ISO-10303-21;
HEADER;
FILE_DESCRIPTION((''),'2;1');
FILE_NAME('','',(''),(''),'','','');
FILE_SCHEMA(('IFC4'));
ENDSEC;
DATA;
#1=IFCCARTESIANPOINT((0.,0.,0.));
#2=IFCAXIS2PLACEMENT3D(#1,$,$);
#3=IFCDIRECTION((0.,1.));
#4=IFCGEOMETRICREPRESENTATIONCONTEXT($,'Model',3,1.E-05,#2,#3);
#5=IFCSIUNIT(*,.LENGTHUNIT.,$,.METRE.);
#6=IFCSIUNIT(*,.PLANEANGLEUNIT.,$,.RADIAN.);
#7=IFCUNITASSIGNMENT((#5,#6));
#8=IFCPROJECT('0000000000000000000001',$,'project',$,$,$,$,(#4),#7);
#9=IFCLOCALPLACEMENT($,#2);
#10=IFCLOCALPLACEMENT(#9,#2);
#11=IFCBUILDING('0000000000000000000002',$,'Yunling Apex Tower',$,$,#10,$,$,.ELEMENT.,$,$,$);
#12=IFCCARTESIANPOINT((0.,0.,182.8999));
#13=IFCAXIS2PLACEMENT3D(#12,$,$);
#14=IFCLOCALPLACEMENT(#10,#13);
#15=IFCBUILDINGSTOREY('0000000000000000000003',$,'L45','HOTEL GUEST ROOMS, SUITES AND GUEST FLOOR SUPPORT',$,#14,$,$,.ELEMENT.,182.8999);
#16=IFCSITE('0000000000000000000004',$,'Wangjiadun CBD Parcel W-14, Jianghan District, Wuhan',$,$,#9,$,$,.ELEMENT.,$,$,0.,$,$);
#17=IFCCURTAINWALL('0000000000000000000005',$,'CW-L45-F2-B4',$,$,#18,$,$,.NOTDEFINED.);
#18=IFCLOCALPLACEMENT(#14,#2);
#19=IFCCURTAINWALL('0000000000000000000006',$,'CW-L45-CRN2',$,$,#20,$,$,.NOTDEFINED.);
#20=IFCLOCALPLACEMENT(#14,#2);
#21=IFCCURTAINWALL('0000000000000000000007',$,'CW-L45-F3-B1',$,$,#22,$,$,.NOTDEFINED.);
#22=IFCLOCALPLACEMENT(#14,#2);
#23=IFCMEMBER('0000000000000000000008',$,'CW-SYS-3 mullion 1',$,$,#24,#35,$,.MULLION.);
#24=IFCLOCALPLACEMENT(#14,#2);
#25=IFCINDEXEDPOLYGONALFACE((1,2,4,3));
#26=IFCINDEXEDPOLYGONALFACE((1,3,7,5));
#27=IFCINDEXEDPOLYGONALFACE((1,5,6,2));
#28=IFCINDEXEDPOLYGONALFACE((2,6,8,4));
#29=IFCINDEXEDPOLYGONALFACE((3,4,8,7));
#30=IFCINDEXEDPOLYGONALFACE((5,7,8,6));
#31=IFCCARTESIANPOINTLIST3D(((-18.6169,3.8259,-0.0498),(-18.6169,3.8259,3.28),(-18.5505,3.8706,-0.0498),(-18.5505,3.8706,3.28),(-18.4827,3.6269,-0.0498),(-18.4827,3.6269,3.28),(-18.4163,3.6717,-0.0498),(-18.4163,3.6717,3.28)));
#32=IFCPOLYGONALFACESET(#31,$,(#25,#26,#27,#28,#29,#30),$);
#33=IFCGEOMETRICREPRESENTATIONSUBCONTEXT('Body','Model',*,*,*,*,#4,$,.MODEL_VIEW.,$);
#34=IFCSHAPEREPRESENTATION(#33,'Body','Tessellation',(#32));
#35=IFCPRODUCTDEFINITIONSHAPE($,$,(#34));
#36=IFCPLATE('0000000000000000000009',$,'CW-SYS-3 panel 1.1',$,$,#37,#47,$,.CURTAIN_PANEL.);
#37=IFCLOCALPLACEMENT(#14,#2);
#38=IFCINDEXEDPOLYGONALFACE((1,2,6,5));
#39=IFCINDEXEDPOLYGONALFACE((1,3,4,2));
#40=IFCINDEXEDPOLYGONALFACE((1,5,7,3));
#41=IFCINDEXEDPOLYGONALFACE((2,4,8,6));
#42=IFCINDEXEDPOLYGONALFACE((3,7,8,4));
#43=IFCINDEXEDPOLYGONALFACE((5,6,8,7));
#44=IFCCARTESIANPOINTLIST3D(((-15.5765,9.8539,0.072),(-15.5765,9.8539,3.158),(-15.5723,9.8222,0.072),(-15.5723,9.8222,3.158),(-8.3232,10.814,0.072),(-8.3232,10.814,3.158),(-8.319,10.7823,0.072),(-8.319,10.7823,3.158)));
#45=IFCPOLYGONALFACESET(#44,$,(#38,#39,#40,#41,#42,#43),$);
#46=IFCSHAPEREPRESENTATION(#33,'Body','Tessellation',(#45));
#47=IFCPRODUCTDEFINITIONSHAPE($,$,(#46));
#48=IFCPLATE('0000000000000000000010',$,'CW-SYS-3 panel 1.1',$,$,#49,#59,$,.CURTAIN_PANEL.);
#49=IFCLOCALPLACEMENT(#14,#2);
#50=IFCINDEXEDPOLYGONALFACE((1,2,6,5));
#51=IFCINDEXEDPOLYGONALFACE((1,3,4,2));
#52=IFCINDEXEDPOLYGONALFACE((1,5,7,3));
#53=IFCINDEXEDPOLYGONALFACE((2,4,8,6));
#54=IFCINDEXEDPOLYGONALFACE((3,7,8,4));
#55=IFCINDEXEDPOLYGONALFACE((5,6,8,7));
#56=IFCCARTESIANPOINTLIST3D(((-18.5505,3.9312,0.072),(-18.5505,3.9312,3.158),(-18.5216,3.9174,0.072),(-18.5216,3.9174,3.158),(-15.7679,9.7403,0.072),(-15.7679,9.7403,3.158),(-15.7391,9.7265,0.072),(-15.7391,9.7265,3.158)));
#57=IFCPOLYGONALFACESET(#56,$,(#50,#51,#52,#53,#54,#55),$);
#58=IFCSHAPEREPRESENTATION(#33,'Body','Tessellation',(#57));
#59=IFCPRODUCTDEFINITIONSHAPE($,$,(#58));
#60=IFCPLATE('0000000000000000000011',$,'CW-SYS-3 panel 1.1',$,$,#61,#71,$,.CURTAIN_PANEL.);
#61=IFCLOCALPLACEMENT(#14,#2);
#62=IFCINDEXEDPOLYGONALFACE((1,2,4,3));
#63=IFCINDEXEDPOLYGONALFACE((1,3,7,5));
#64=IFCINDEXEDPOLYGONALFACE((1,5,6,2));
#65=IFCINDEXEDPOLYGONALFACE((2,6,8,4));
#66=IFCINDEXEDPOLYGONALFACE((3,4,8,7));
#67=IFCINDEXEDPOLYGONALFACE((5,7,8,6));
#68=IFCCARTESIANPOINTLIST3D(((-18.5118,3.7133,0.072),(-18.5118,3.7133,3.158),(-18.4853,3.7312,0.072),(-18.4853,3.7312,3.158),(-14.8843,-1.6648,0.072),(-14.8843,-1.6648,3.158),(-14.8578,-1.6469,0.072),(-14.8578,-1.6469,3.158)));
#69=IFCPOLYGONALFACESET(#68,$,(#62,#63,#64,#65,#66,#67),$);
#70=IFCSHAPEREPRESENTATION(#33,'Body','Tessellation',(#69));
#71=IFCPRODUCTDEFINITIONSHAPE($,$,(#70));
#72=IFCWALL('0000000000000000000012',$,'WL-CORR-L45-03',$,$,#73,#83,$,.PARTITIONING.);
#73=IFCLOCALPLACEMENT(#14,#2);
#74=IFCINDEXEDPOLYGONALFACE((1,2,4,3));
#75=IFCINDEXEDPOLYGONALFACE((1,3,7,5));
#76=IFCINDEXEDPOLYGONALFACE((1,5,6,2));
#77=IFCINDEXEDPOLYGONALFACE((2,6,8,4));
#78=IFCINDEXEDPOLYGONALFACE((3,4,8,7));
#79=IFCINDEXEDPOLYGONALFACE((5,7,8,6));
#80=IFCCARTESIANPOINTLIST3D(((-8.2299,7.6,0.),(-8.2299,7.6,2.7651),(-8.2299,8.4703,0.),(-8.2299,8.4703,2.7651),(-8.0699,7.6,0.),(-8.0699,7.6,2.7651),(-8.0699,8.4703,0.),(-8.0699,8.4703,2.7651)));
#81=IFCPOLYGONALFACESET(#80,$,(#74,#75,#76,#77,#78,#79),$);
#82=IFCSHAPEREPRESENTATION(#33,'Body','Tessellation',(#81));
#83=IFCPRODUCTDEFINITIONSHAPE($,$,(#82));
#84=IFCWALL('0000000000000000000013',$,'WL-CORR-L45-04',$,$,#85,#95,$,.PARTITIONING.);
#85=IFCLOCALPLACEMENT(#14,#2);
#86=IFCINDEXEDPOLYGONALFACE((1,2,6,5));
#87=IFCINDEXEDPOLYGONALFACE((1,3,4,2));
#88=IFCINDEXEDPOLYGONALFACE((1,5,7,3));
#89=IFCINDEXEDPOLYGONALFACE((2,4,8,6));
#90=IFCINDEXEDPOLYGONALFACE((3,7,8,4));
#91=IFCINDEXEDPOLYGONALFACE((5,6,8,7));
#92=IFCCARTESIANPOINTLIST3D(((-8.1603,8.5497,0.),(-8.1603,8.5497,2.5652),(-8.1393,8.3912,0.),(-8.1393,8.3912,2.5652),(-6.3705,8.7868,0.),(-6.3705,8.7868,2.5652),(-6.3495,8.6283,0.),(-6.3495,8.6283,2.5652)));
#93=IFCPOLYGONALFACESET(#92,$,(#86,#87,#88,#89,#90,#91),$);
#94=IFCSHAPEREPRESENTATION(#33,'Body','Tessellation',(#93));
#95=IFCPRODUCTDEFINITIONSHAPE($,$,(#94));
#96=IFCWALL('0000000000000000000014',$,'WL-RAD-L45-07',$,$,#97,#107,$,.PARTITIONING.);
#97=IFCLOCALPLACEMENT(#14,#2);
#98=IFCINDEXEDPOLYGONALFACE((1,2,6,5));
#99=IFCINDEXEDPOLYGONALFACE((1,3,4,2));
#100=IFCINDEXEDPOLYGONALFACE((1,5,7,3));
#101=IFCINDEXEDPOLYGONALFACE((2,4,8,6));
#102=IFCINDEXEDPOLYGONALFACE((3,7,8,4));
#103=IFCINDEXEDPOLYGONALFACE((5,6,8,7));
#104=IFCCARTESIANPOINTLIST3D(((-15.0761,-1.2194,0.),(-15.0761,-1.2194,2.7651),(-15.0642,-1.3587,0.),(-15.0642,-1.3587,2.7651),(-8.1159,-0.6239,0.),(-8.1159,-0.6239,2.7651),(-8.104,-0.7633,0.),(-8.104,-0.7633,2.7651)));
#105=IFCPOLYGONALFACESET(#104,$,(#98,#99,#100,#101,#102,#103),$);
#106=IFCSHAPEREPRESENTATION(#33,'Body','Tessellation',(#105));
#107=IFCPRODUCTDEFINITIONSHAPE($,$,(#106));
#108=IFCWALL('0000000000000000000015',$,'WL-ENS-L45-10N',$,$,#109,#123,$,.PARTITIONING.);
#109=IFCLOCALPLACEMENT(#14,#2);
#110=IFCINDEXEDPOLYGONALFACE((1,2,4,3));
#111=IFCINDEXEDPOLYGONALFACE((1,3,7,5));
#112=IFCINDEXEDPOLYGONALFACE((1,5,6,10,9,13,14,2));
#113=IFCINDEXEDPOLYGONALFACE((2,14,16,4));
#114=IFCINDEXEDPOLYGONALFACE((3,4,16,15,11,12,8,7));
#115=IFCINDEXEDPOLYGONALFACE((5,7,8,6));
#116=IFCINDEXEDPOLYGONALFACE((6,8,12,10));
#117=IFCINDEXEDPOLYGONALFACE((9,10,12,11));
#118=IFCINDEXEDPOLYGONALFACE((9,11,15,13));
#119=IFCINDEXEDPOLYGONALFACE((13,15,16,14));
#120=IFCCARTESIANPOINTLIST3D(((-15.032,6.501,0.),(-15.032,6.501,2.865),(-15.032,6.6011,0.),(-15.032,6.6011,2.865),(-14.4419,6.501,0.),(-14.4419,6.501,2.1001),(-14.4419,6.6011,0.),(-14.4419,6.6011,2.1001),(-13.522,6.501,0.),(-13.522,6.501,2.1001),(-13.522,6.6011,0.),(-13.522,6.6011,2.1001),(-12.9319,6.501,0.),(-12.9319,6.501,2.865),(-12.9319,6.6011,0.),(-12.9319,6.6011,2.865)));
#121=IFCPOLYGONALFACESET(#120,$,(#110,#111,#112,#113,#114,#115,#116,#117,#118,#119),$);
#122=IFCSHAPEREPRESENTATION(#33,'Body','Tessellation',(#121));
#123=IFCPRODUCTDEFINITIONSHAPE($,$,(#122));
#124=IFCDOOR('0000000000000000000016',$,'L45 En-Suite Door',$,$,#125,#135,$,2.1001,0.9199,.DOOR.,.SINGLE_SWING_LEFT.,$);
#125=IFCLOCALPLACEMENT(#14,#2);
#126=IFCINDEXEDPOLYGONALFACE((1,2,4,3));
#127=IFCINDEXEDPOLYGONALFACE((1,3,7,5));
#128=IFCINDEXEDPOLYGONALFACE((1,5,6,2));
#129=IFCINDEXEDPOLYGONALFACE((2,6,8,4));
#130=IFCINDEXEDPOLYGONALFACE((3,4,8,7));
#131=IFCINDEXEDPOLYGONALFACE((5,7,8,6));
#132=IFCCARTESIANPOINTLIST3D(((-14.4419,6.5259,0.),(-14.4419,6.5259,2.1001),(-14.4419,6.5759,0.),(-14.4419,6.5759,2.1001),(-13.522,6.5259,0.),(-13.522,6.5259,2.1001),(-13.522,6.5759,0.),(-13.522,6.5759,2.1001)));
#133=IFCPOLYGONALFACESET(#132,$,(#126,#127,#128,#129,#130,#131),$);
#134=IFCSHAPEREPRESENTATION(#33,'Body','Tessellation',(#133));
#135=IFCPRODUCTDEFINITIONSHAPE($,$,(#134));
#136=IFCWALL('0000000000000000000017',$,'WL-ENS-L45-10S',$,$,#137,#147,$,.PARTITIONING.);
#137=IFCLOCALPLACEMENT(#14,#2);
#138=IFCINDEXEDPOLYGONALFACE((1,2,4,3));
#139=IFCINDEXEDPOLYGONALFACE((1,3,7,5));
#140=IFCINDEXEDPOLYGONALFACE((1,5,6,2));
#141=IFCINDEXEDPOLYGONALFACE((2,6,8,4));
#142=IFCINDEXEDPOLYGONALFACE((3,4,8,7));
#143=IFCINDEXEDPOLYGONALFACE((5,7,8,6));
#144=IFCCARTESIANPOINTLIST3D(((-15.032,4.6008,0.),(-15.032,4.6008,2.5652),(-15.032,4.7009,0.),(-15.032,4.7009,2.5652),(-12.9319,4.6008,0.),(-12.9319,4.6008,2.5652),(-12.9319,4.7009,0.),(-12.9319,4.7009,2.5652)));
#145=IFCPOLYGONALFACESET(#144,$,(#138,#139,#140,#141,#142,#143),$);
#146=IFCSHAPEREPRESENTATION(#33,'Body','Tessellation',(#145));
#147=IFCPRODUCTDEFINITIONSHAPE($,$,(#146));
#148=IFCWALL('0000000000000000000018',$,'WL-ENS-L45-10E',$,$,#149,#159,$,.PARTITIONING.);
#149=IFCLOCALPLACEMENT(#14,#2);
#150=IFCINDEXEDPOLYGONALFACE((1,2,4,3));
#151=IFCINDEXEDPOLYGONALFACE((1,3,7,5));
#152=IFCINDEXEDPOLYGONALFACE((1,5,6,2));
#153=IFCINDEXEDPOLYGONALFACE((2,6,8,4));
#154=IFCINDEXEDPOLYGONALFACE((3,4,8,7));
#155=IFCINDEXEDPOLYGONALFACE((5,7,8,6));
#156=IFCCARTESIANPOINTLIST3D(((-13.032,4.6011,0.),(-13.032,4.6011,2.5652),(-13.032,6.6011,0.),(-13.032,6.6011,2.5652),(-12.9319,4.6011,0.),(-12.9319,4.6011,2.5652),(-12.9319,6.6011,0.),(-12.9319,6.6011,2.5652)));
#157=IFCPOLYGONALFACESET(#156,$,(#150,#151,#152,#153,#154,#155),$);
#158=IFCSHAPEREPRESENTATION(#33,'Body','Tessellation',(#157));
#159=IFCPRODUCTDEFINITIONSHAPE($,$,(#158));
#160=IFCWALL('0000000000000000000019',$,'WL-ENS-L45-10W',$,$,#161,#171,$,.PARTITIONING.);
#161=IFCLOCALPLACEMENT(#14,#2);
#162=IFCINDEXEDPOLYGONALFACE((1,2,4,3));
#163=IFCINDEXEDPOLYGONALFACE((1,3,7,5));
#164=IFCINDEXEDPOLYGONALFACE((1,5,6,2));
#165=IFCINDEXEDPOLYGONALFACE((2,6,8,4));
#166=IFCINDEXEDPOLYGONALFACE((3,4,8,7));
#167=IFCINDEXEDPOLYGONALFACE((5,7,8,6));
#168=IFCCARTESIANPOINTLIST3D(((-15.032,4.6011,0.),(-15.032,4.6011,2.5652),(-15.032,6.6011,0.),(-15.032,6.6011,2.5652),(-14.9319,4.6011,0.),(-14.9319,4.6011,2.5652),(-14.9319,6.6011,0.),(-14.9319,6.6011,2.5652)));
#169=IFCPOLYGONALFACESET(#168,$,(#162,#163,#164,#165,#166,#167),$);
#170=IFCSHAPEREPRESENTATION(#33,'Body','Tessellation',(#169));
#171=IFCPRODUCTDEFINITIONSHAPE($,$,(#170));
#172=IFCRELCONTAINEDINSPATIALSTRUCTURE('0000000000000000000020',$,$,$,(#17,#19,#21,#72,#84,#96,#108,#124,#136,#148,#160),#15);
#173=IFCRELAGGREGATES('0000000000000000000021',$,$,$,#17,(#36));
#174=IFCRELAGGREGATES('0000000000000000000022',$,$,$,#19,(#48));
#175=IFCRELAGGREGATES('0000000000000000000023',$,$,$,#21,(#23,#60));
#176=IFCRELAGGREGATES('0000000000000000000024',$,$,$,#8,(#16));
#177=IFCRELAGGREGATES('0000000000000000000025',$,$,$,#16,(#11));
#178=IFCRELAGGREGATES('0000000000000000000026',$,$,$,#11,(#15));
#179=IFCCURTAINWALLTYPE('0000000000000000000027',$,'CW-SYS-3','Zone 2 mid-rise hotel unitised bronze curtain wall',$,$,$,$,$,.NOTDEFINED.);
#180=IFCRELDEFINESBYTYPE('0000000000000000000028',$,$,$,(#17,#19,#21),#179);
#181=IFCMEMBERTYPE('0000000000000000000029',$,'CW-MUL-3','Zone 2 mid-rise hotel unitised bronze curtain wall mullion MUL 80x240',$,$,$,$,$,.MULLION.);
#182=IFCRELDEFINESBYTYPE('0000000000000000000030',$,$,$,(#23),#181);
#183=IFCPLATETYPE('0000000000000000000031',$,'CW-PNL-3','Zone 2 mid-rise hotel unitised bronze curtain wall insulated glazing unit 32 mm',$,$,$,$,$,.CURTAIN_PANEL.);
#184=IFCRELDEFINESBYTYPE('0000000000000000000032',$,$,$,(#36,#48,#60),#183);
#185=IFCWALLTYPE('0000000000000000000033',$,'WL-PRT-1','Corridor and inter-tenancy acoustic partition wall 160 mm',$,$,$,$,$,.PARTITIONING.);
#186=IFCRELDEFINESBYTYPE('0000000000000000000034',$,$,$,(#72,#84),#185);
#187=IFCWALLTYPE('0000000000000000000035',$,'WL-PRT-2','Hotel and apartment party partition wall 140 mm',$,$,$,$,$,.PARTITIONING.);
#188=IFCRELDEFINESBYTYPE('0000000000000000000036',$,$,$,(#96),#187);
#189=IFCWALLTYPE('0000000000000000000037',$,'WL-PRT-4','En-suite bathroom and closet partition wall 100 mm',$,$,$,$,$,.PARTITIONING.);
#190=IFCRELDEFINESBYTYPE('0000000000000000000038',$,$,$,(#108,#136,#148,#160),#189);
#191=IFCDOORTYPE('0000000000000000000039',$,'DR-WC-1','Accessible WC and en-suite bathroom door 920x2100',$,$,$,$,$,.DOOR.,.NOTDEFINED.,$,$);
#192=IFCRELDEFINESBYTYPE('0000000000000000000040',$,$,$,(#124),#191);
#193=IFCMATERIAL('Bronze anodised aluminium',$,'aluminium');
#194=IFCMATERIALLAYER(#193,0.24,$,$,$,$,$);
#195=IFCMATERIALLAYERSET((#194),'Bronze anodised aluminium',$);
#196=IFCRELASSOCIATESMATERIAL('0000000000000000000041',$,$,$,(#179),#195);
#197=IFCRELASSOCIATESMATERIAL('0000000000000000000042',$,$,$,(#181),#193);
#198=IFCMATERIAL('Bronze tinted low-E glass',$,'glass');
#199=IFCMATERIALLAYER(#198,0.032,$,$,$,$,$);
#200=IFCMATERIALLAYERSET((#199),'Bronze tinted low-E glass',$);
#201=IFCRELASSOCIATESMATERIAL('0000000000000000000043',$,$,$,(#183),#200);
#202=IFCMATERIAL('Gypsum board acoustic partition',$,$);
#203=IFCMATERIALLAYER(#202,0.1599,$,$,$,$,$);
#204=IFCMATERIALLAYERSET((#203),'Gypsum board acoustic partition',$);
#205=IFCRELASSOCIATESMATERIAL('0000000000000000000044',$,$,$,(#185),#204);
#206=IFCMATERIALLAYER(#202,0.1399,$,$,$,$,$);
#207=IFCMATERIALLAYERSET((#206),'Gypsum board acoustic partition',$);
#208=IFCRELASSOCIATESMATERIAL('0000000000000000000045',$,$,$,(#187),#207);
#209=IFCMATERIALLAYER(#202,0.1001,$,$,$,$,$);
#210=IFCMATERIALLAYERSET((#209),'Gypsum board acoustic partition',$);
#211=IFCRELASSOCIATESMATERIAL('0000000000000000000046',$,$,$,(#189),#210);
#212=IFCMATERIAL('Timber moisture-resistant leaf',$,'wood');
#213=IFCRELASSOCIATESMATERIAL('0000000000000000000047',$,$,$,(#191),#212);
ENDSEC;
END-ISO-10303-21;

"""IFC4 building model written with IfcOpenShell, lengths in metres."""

from ifc_helpers import new_model, si_unit, direction, frame, frame_2d, origin, origin_2d, place, context, subcontext, project, spatial, rectangle, extrude, source, transform, mapped, material, layer, layer_set, material_profile, profile_set, type_object, element, fill, aggregate, save


model = new_model("IFC4")

# Units and contexts
model_context = context("Model", 3, precision=1e-05, world=origin(), true_north=direction((0.0, 1.0)))
body_context = subcontext(model_context, "Body", "Model", "MODEL_VIEW")
ifc_project = project(units=[si_unit("LENGTHUNIT", "METRE"), si_unit("PLANEANGLEUNIT", "RADIAN")], contexts=[model_context])

# Site, building, storey
site_placement = place(None, origin())
site = spatial("IfcSite", under=ifc_project, at=site_placement, Name="Wangjiadun CBD Parcel W-14, Jianghan District, Wuhan", CompositionType="ELEMENT", RefElevation=0.0)
building_placement = place(site_placement, origin())
building = spatial("IfcBuilding", under=site, at=building_placement, Name="Yunling Apex Tower", CompositionType="ELEMENT")
storey_placement = place(building_placement, frame((0.0, 0.0, 182.8999)))
storey = spatial("IfcBuildingStorey", under=building, at=storey_placement, Name="L45", Description="HOTEL GUEST ROOMS, SUITES AND GUEST FLOOR SUPPORT", CompositionType="ELEMENT", Elevation=182.8999)

# Curtain walls
ifc_material_1 = material(Name="Bronze anodised aluminium", Category="aluminium")
ifc_layer_1 = layer(ifc_material_1, 0.24)
ifc_layer_set_1 = layer_set([ifc_layer_1], Name="Bronze anodised aluminium")
curtain_wall_type = type_object("IfcCurtainWallType", Name="CW-SYS-3", Description="Zone 2 mid-rise hotel unitised bronze curtain wall", PredefinedType="NOTDEFINED", material=ifc_layer_set_1)
curtain_wall_1_placement = place(storey_placement, origin())
curtain_wall_1 = element("IfcCurtainWall", 1, at=curtain_wall_1_placement, inside=storey, type_object=curtain_wall_type, Name="CW-L45-F2-B4", PredefinedType="NOTDEFINED")
curtain_wall_2_placement = place(storey_placement, origin())
curtain_wall_2 = element("IfcCurtainWall", 2, at=curtain_wall_2_placement, inside=storey, type_object=curtain_wall_type, Name="CW-L45-CRN2", PredefinedType="NOTDEFINED")
curtain_wall_3_placement = place(storey_placement, origin())
curtain_wall_3 = element("IfcCurtainWall", 3, at=curtain_wall_3_placement, inside=storey, type_object=curtain_wall_type, Name="CW-L45-F3-B1", PredefinedType="NOTDEFINED")

# Member
ifc_material_profile_1 = material_profile(ifc_material_1, rectangle(XDim=0.0801, YDim=0.24, at=origin_2d()))
ifc_profile_set_1 = profile_set([ifc_material_profile_1], Name="Bronze anodised aluminium")
member_type_1 = type_object("IfcMemberType", Name="CW-MUL-3", Description="Zone 2 mid-rise hotel unitised bronze curtain wall mullion MUL 80x240", PredefinedType="MULLION", material=ifc_profile_set_1)
shared_shape_1 = source(origin(), body_context, "Body", "SweptSolid", [
    extrude(rectangle(XDim=0.0801, YDim=0.24, at=origin_2d()), origin(), (0.0, 0.0, 1.0), 3.3298),
])
member_1_placement = place(storey_placement, frame((-18.5166, 3.7488, -0.0498), z_axis=(0.0, 0.0, 1.0), x_axis=(0.829045, 0.559181, 0.0)))
member_1 = element("IfcMember", 4, at=member_1_placement, type_object=member_type_1, Name="CW-SYS-3 mullion 1", PredefinedType="MULLION", context=body_context, shape_type="MappedRepresentation", body=[
    mapped(shared_shape_1, transform((0.0, 0.0, 0.0), scale=1.0)),
])

# Plates
ifc_material_2 = material(Name="Bronze tinted low-E glass", Category="glass")
ifc_layer_2 = layer(ifc_material_2, 0.032)
ifc_layer_set_2 = layer_set([ifc_layer_2], Name="Bronze tinted low-E glass")
plate_type = type_object("IfcPlateType", Name="CW-PNL-3", Description="Zone 2 mid-rise hotel unitised bronze curtain wall insulated glazing unit 32 mm", PredefinedType="CURTAIN_PANEL", material=ifc_layer_set_2)
shared_shape_2 = source(origin(), body_context, "Body", "SweptSolid", [
    extrude(rectangle(XDim=7.3167, YDim=0.032, at=origin_2d()), origin(), (0.0, 0.0, 1.0), 3.0859),
])
plate_1_placement = place(storey_placement, frame((-11.9478, 10.3181, 0.072), z_axis=(0.0, 0.0, 1.0), x_axis=(-0.991353, -0.131222, 0.0)))
plate_1 = element("IfcPlate", 5, at=plate_1_placement, type_object=plate_type, Name="CW-SYS-3 panel 1.1", PredefinedType="CURTAIN_PANEL", context=body_context, shape_type="MappedRepresentation", body=[
    mapped(shared_shape_2, transform((0.0, 0.0, 0.0), scale=1.0)),
])
aggregate(curtain_wall_1, [plate_1])
shared_shape_3 = source(origin(), body_context, "Body", "SweptSolid", [
    extrude(rectangle(XDim=6.4412, YDim=0.032, at=origin_2d()), origin(), (0.0, 0.0, 1.0), 3.0859),
])
plate_2_placement = place(storey_placement, frame((-17.1448, 6.8289, 0.072), z_axis=(0.0, 0.0, 1.0), x_axis=(-0.431994, -0.901877, 0.0)))
plate_2 = element("IfcPlate", 6, at=plate_2_placement, type_object=plate_type, Name="CW-SYS-3 panel 1.1", PredefinedType="CURTAIN_PANEL", context=body_context, shape_type="MappedRepresentation", body=[
    mapped(shared_shape_3, transform((0.0, 0.0, 0.0), scale=1.0)),
])
aggregate(curtain_wall_2, [plate_2])
shared_shape_4 = source(origin(), body_context, "Body", "SweptSolid", [
    extrude(rectangle(XDim=6.4871, YDim=0.032, at=origin_2d()), origin(), (0.0, 0.0, 1.0), 3.0859),
])
plate_3_placement = place(storey_placement, frame((-16.6848, 1.0332, 0.072), z_axis=(0.0, 0.0, 1.0), x_axis=(0.559181, -0.829045, 0.0)))
plate_3 = element("IfcPlate", 7, at=plate_3_placement, type_object=plate_type, Name="CW-SYS-3 panel 1.1", PredefinedType="CURTAIN_PANEL", context=body_context, shape_type="MappedRepresentation", body=[
    mapped(shared_shape_4, transform((0.0, 0.0, 0.0), scale=1.0)),
])
aggregate(curtain_wall_3, [member_1, plate_3])

# Walls
ifc_material_3 = material(Name="Gypsum board acoustic partition")
ifc_layer_3 = layer(ifc_material_3, 0.1599)
ifc_layer_set_3 = layer_set([ifc_layer_3], Name="Gypsum board acoustic partition")
wall_type_1 = type_object("IfcWallType", Name="WL-PRT-1", Description="Corridor and inter-tenancy acoustic partition wall 160 mm", PredefinedType="PARTITIONING", material=ifc_layer_set_3)
wall_1_placement = place(storey_placement, frame((-8.1499, 7.6001, 0.0), z_axis=(0.0, 0.0, 1.0), x_axis=(0.0, 1.0, 0.0)))
element("IfcWall", 8, at=wall_1_placement, inside=storey, type_object=wall_type_1, Name="WL-CORR-L45-03", PredefinedType="PARTITIONING", context=body_context, shape_type="SweptSolid", body=[
    extrude(rectangle(XDim=0.8704, YDim=0.1599, at=frame_2d((0.4351, 0.0))), origin(), (0.0, 0.0, 1.0), 2.7651),
])
wall_2_placement = place(storey_placement, frame((-8.1499, 8.4705, 0.0), z_axis=(0.0, 0.0, 1.0), x_axis=(0.991342, 0.131304, 0.0)))
element("IfcWall", 9, at=wall_2_placement, inside=storey, type_object=wall_type_1, Name="WL-CORR-L45-04", PredefinedType="PARTITIONING", context=body_context, shape_type="SweptSolid", body=[
    extrude(rectangle(XDim=1.8054, YDim=0.1599, at=frame_2d((0.9028, 0.0))), origin(), (0.0, 0.0, 1.0), 2.5652),
])
ifc_layer_4 = layer(ifc_material_3, 0.1399)
ifc_layer_set_4 = layer_set([ifc_layer_4], Name="Gypsum board acoustic partition")
wall_type_2 = type_object("IfcWallType", Name="WL-PRT-2", Description="Hotel and apartment party partition wall 140 mm", PredefinedType="PARTITIONING", material=ifc_layer_set_4)
wall_3_placement = place(storey_placement, frame((-8.1101, -0.6936, 0.0), z_axis=(0.0, 0.0, 1.0), x_axis=(-0.99636, -0.085241, 0.0)))
element("IfcWall", 10, at=wall_3_placement, inside=storey, type_object=wall_type_2, Name="WL-RAD-L45-07", PredefinedType="PARTITIONING", context=body_context, shape_type="SweptSolid", body=[
    extrude(rectangle(XDim=6.9856, YDim=0.1399, at=frame_2d((3.4927, 0.0))), origin(), (0.0, 0.0, 1.0), 2.7651),
])

# Wall, opening, door
ifc_layer_5 = layer(ifc_material_3, 0.1001)
ifc_layer_set_5 = layer_set([ifc_layer_5], Name="Gypsum board acoustic partition")
wall_type_3 = type_object("IfcWallType", Name="WL-PRT-4", Description="En-suite bathroom and closet partition wall 100 mm", PredefinedType="PARTITIONING", material=ifc_layer_set_5)
wall_4_placement = place(storey_placement, frame((-15.032, 6.551, 0.0), z_axis=(0.0, 0.0, 1.0), x_axis=(1.0, 0.0, 0.0)))
wall_4 = element("IfcWall", 11, at=wall_4_placement, inside=storey, type_object=wall_type_3, Name="WL-ENS-L45-10N", PredefinedType="PARTITIONING", context=body_context, shape_type="SweptSolid", body=[
    extrude(rectangle(XDim=2.1001, YDim=0.1001, at=frame_2d((1.05, 0.0))), origin(), (0.0, 0.0, 1.0), 2.865),
])
opening_placement = place(wall_4_placement, frame((0.5901, 0.0, 0.0)))
opening = element("IfcOpeningElement", 12, at=opening_placement, cuts=wall_4, PredefinedType="OPENING", context=body_context, shape_type="SweptSolid", body=[
    extrude(rectangle(XDim=0.9199, YDim=2.1001, at=frame_2d((0.46, 1.05))), frame((0.0, 0.0601, 0.0), z_axis=(0.0, -1.0, 0.0), x_axis=(1.0, 0.0, 0.0)), (0.0, 0.0, 1.0), 0.1201),
])
ifc_material_4 = material(Name="Timber moisture-resistant leaf", Category="wood")
door_type = type_object("IfcDoorType", Name="DR-WC-1", Description="Accessible WC and en-suite bathroom door 920x2100", OperationType="NOTDEFINED", PredefinedType="DOOR", material=ifc_material_4)
door_placement = place(opening_placement, origin())
door = element("IfcDoor", 13, at=door_placement, inside=storey, type_object=door_type, Name="L45 En-Suite Door", OperationType="SINGLE_SWING_LEFT", OverallHeight=2.1001, OverallWidth=0.9199, PredefinedType="DOOR", context=body_context, shape_type="SweptSolid", body=[
    extrude(rectangle(XDim=0.9199, YDim=2.1001, at=frame_2d((0.46, 1.05))), frame((0.0, 0.0249, 0.0), z_axis=(0.0, -1.0, 0.0), x_axis=(1.0, 0.0, 0.0)), (0.0, 0.0, 1.0), 0.05),
])
fill(opening, door)

# Walls
wall_5_placement = place(storey_placement, frame((-12.9319, 4.6509, 0.0), z_axis=(0.0, 0.0, 1.0), x_axis=(-1.0, 0.0, 0.0)))
element("IfcWall", 14, at=wall_5_placement, inside=storey, type_object=wall_type_3, Name="WL-ENS-L45-10S", PredefinedType="PARTITIONING", context=body_context, shape_type="SweptSolid", body=[
    extrude(rectangle(XDim=2.1001, YDim=0.1001, at=frame_2d((1.05, 0.0))), origin(), (0.0, 0.0, 1.0), 2.5652),
])
for number, where, z_axis, x_axis, name in (
    (15, (-12.9819, 6.6011, 0.0), (0.0, 0.0, 1.0), (0.0, -1.0, 0.0), "WL-ENS-L45-10E"),
    (16, (-14.9819, 4.6011, 0.0), (0.0, 0.0, 1.0), (0.0, 1.0, 0.0), "WL-ENS-L45-10W"),
):
    element("IfcWall", number, at=place(storey_placement, frame(where, z_axis=z_axis, x_axis=x_axis)), inside=storey, type_object=wall_type_3, Name=name, PredefinedType="PARTITIONING", context=body_context, shape_type="SweptSolid", body=[
        extrude(rectangle(XDim=2.0, YDim=0.1001, at=frame_2d((1.0, 0.0))), origin(), (0.0, 0.0, 1.0), 2.5652),
    ])

save(model, "model.ifc")
